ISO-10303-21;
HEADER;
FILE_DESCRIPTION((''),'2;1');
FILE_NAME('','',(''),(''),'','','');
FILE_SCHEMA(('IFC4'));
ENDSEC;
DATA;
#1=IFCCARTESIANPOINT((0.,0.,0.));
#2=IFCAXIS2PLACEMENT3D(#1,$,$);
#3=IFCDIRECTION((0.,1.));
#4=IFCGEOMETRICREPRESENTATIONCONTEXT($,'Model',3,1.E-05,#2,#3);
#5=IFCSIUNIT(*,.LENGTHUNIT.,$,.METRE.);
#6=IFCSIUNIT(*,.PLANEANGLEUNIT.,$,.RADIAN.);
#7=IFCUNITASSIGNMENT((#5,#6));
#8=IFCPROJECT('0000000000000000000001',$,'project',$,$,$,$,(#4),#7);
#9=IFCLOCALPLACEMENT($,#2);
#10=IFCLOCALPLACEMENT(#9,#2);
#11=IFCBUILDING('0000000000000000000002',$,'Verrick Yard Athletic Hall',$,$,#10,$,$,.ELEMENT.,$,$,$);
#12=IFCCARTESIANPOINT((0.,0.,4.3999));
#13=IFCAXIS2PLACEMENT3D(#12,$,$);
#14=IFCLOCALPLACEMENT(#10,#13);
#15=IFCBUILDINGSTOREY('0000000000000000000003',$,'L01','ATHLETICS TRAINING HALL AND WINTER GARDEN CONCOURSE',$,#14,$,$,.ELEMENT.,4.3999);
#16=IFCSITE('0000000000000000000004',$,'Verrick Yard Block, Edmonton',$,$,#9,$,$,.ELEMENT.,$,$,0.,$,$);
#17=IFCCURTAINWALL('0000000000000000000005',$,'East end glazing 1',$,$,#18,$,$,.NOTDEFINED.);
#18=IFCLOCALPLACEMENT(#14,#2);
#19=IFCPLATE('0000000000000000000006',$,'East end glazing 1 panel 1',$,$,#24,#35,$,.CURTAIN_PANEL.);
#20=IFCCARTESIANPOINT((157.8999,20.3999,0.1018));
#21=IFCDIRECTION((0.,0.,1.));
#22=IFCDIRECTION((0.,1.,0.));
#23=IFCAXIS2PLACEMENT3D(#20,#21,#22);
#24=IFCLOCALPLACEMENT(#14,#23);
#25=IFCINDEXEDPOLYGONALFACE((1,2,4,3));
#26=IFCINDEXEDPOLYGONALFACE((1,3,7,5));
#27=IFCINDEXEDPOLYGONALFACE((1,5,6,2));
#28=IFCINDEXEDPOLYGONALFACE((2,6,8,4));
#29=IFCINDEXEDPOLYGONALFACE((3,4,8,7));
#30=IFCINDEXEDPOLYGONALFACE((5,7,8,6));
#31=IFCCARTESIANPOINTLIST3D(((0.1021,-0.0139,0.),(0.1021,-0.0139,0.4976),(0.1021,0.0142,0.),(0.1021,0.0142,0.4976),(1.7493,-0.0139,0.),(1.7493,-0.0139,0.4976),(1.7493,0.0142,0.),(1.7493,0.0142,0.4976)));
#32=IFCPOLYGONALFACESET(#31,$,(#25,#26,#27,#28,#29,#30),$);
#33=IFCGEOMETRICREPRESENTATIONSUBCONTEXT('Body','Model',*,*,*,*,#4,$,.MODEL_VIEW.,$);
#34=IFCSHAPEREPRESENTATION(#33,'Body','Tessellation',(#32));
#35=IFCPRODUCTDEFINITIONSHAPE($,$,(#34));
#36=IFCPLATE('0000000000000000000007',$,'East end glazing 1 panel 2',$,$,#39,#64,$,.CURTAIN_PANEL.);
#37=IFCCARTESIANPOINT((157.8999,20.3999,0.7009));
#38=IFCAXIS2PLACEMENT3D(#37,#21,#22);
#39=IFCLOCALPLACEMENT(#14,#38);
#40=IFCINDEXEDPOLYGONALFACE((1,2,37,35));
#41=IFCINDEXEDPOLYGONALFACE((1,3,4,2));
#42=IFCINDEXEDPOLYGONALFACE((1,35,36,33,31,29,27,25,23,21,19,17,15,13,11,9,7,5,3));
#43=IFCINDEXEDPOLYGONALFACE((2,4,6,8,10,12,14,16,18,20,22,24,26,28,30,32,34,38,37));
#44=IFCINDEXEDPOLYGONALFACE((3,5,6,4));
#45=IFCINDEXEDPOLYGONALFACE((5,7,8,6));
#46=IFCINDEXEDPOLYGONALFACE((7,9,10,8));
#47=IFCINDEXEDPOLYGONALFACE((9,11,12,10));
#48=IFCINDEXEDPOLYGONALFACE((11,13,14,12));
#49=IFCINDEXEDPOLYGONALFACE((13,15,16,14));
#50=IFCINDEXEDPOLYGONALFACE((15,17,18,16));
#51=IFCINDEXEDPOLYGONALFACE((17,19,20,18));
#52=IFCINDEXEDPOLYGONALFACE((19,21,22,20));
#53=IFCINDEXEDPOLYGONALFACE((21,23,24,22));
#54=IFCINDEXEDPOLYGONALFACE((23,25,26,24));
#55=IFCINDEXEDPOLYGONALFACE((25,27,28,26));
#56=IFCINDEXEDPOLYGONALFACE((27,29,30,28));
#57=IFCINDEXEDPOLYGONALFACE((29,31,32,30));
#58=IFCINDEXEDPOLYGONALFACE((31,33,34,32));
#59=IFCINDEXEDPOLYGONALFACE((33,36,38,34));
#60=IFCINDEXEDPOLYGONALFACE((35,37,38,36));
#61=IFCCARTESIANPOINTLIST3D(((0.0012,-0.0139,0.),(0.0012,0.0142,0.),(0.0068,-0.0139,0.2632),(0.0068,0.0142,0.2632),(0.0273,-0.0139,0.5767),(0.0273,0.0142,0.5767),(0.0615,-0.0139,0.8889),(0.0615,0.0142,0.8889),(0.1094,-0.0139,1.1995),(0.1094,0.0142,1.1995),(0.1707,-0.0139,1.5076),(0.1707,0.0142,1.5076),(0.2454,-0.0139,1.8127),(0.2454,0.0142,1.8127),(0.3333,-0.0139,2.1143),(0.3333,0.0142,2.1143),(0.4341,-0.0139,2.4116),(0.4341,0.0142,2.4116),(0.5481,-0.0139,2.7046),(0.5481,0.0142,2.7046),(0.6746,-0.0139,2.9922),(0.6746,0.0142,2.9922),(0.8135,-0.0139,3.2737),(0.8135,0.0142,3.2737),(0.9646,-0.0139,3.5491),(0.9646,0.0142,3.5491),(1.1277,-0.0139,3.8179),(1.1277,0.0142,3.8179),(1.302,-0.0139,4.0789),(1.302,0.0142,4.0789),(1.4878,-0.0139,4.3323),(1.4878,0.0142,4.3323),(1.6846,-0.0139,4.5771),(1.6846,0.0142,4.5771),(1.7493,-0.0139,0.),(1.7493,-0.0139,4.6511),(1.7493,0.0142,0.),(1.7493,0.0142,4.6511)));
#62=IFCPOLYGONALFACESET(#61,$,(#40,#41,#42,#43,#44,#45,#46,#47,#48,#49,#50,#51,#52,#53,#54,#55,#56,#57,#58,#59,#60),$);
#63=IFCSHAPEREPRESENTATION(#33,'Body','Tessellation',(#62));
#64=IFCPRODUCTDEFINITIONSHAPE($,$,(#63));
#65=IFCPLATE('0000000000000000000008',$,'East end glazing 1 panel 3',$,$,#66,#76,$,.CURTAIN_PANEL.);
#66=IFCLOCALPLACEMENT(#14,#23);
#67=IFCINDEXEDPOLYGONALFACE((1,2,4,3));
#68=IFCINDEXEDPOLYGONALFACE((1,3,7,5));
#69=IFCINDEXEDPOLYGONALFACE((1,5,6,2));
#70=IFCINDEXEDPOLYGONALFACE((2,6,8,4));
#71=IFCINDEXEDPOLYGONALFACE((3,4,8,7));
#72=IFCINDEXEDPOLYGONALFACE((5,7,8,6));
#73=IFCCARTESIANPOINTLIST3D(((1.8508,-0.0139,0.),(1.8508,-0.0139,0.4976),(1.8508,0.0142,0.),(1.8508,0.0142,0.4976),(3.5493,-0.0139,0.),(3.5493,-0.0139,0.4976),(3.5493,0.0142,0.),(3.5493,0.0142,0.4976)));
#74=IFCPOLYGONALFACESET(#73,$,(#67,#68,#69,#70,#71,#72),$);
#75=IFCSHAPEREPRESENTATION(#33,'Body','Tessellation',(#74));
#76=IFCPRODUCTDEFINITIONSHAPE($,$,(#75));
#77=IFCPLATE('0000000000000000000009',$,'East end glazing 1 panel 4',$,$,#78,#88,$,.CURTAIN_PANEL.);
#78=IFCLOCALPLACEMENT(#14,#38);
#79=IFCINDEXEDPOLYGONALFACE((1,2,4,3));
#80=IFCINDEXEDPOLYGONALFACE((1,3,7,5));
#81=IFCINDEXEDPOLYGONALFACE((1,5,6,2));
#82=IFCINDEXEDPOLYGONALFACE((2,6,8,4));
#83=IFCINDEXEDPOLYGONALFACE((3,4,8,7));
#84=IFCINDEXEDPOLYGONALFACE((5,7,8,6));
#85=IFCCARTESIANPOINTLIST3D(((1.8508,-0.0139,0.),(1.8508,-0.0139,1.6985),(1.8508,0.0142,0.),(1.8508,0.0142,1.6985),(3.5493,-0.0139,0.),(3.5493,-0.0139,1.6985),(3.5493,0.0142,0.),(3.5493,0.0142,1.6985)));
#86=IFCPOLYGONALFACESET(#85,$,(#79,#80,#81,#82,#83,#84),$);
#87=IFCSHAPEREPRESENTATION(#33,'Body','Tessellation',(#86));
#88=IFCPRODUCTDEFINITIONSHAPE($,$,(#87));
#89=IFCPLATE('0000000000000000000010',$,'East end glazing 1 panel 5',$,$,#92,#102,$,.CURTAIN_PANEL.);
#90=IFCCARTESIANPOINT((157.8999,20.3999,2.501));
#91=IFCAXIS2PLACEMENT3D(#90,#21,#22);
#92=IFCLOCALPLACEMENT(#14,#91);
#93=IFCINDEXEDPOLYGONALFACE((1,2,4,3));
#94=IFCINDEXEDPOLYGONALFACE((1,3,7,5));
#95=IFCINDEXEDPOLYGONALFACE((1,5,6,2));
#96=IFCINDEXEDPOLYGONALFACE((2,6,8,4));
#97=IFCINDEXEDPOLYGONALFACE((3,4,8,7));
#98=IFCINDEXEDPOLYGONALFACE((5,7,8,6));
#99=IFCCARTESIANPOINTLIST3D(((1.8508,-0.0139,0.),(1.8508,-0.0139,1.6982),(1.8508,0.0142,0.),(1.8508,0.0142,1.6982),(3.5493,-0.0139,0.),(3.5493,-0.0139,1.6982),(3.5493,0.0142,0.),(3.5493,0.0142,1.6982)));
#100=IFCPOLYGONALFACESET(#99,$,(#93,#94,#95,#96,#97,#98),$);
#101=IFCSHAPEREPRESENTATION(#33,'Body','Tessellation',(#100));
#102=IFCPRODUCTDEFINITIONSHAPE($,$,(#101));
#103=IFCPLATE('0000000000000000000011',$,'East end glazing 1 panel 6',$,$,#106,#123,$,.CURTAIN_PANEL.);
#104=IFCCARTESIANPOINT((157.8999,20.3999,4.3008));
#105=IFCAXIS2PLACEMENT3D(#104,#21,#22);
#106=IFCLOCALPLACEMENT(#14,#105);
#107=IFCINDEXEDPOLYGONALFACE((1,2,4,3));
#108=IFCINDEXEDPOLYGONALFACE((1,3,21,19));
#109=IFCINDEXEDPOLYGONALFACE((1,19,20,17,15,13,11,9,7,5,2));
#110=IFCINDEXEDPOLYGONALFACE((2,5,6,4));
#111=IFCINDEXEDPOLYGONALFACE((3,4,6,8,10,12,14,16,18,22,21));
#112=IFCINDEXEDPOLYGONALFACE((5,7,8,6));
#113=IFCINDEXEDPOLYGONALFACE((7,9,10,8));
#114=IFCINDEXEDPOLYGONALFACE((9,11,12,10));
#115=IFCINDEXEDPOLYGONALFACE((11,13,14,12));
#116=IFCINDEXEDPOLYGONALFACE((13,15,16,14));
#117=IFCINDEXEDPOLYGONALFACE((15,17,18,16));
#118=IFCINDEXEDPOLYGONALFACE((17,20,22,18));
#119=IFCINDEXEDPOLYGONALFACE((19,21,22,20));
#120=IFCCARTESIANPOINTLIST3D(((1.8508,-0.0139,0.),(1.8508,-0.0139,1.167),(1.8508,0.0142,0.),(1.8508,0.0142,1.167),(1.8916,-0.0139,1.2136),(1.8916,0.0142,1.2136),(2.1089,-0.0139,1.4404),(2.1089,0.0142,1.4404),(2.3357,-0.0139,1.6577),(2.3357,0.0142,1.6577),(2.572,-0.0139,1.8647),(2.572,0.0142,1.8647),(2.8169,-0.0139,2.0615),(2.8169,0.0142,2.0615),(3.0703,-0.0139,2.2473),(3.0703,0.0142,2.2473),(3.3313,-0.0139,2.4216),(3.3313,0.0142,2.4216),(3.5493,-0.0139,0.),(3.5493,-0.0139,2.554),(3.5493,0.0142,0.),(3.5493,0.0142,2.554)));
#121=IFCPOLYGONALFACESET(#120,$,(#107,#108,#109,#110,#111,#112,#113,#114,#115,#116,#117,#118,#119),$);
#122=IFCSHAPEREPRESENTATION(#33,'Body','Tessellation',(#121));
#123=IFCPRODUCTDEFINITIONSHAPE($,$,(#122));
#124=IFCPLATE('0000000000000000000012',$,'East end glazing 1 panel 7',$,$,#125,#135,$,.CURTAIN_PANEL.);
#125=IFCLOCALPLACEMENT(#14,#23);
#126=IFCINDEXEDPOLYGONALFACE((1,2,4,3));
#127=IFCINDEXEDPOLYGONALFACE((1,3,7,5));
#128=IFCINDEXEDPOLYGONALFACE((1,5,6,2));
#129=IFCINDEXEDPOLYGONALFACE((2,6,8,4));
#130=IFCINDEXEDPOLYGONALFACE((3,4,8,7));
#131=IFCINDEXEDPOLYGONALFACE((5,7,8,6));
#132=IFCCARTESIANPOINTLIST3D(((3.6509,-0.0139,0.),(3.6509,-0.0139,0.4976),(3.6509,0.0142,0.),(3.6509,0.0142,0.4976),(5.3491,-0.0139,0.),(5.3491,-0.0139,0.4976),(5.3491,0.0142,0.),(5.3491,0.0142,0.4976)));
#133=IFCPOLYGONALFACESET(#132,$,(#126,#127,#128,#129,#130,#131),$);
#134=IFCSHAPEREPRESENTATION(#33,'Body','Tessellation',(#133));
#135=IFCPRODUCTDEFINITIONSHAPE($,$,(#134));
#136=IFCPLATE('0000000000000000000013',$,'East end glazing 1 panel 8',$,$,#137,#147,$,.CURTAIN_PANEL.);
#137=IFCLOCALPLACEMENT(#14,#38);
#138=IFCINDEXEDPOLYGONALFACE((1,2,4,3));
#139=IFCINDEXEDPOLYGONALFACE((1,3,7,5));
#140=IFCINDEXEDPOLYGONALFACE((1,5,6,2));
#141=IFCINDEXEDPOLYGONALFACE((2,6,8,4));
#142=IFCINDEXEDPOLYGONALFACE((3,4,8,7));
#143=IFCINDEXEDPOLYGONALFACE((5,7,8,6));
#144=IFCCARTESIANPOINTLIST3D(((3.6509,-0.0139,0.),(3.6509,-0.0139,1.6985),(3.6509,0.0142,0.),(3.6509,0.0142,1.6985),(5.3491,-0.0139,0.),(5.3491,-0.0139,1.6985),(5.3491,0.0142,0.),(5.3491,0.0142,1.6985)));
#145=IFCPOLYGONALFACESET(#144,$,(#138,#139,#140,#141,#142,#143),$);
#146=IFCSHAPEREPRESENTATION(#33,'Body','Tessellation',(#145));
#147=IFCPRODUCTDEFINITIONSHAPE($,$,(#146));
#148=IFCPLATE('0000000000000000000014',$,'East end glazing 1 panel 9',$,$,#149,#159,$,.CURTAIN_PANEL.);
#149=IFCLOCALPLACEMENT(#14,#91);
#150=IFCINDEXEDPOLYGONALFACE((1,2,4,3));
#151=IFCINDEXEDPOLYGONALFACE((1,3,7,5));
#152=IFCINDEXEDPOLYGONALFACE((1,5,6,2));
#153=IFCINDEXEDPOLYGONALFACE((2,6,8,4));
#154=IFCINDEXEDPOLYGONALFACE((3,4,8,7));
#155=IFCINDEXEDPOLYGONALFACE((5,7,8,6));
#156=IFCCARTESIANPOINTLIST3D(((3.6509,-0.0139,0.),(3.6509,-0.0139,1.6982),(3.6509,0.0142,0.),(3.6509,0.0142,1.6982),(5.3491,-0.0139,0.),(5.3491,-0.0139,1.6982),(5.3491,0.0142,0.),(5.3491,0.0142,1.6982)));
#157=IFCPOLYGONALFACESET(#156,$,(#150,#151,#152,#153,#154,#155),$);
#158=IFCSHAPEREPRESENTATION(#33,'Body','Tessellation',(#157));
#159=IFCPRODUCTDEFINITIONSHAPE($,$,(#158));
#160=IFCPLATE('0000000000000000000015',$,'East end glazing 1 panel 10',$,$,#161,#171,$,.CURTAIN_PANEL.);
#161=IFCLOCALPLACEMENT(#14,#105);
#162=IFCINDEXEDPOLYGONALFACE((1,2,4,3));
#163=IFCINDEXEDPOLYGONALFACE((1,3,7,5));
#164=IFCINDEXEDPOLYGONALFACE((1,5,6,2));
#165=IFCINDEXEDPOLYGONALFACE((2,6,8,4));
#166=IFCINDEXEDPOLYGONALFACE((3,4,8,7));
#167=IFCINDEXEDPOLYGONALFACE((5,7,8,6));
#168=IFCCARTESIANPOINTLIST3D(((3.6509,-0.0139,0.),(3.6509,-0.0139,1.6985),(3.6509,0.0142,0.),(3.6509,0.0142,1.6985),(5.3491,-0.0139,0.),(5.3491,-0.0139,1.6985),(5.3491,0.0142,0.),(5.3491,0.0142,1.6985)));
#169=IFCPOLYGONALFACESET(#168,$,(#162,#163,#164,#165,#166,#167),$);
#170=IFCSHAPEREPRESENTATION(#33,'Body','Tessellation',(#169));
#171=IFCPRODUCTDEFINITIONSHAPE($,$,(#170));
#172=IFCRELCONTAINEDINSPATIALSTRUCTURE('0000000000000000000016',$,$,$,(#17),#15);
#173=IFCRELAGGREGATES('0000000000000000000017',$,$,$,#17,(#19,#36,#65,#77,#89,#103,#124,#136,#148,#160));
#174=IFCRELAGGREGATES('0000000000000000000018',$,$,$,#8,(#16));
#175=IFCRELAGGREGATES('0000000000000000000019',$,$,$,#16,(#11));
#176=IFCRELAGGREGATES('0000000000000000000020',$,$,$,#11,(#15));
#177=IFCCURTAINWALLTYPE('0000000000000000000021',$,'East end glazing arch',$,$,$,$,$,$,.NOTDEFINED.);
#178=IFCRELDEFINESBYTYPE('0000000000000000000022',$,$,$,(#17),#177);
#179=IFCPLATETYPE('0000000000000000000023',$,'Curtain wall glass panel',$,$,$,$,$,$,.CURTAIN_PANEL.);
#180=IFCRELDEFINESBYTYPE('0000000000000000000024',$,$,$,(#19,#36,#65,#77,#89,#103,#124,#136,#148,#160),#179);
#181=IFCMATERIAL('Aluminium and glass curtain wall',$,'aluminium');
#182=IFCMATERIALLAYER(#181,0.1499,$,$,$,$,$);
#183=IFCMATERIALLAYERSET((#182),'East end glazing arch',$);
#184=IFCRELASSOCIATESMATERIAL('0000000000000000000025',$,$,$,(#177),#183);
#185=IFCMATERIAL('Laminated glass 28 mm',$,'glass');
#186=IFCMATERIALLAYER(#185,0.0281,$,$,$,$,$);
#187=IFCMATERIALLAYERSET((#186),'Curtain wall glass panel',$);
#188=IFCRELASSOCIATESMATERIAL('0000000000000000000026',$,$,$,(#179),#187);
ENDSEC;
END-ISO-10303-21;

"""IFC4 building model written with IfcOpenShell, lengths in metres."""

from ifc_helpers import new_model, si_unit, direction, frame, origin, place, context, subcontext, project, spatial, polyline, outline, extrude, material, layer, layer_set, type_object, element, aggregate, save


model = new_model("IFC4")

# Units and contexts
model_context = context("Model", 3, precision=1e-05, world=origin(), true_north=direction((0.0, 1.0)))
body_context = subcontext(model_context, "Body", "Model", "MODEL_VIEW")
ifc_project = project(units=[si_unit("LENGTHUNIT", "METRE"), si_unit("PLANEANGLEUNIT", "RADIAN")], contexts=[model_context])

# Site, building, storey
site_placement = place(None, origin())
site = spatial("IfcSite", under=ifc_project, at=site_placement, Name="Verrick Yard Block, Edmonton", CompositionType="ELEMENT", RefElevation=0.0)
building_placement = place(site_placement, origin())
building = spatial("IfcBuilding", under=site, at=building_placement, Name="Verrick Yard Athletic Hall", CompositionType="ELEMENT")
storey_placement = place(building_placement, frame((0.0, 0.0, 4.3999)))
storey = spatial("IfcBuildingStorey", under=building, at=storey_placement, Name="L01", Description="ATHLETICS TRAINING HALL AND WINTER GARDEN CONCOURSE", CompositionType="ELEMENT", Elevation=4.3999)

# Curtain wall, plates
ifc_material_1 = material(Name="Aluminium and glass curtain wall", Category="aluminium")
ifc_layer_1 = layer(ifc_material_1, 0.1499)
ifc_layer_set_1 = layer_set([ifc_layer_1], Name="East end glazing arch")
curtain_wall_type = type_object("IfcCurtainWallType", Name="East end glazing arch", PredefinedType="NOTDEFINED", material=ifc_layer_set_1)
curtain_wall_placement = place(storey_placement, origin())
curtain_wall = element("IfcCurtainWall", 1, at=curtain_wall_placement, inside=storey, type_object=curtain_wall_type, Name="East end glazing 1", PredefinedType="NOTDEFINED")
ifc_material_2 = material(Name="Laminated glass 28 mm", Category="glass")
ifc_layer_2 = layer(ifc_material_2, 0.0281)
ifc_layer_set_2 = layer_set([ifc_layer_2], Name="Curtain wall glass panel")
plate_type = type_object("IfcPlateType", Name="Curtain wall glass panel", PredefinedType="CURTAIN_PANEL", material=ifc_layer_set_2)
plate_1_placement = place(storey_placement, frame((157.8999, 20.3999, 0.1018), z_axis=(0.0, 0.0, 1.0), x_axis=(0.0, 1.0, 0.0)))
plate_1 = element("IfcPlate", 2, at=plate_1_placement, type_object=plate_type, Name="East end glazing 1 panel 1", PredefinedType="CURTAIN_PANEL", context=body_context, shape_type="SweptSolid", body=[
    extrude(outline(polyline([(1.7493, 0.0), (1.7493, 0.4976), (0.1021, 0.4976), (0.1021, 0.0), (1.7493, 0.0)])), frame((0.0, 0.0142, 0.0), z_axis=(0.0, -1.0, 0.0), x_axis=(1.0, 0.0, 0.0)), (0.0, 0.0, 1.0), 0.0281),
])
plate_2_placement = place(storey_placement, frame((157.8999, 20.3999, 0.7009), z_axis=(0.0, 0.0, 1.0), x_axis=(0.0, 1.0, 0.0)))
plate_2 = element("IfcPlate", 3, at=plate_2_placement, type_object=plate_type, Name="East end glazing 1 panel 2", PredefinedType="CURTAIN_PANEL", context=body_context, shape_type="SweptSolid", body=[
    extrude(outline(polyline([(1.7493, 4.6511), (1.6846, 4.5771), (1.4878, 4.3323), (1.302, 4.0789), (1.1277, 3.8179), (0.9646, 3.5491), (0.8135, 3.2737), (0.6746, 2.9922), (0.5481, 2.7046), (0.4341, 2.4116), (0.3333, 2.1143), (0.2454, 1.8127), (0.1707, 1.5076), (0.1094, 1.1995), (0.0615, 0.8889), (0.0273, 0.5767), (0.0068, 0.2632), (0.0012, 0.0), (1.7493, 0.0), (1.7493, 4.6511)])), frame((0.0, 0.0142, 0.0), z_axis=(0.0, -1.0, 0.0), x_axis=(1.0, 0.0, 0.0)), (0.0, 0.0, 1.0), 0.0281),
])
plate_3_placement = place(storey_placement, frame((157.8999, 20.3999, 0.1018), z_axis=(0.0, 0.0, 1.0), x_axis=(0.0, 1.0, 0.0)))
plate_3 = element("IfcPlate", 4, at=plate_3_placement, type_object=plate_type, Name="East end glazing 1 panel 3", PredefinedType="CURTAIN_PANEL", context=body_context, shape_type="SweptSolid", body=[
    extrude(outline(polyline([(3.5493, 0.0), (3.5493, 0.4976), (1.8508, 0.4976), (1.8508, 0.0), (3.5493, 0.0)])), frame((0.0, 0.0142, 0.0), z_axis=(0.0, -1.0, 0.0), x_axis=(1.0, 0.0, 0.0)), (0.0, 0.0, 1.0), 0.0281),
])
plate_4_placement = place(storey_placement, frame((157.8999, 20.3999, 0.7009), z_axis=(0.0, 0.0, 1.0), x_axis=(0.0, 1.0, 0.0)))
plate_4 = element("IfcPlate", 5, at=plate_4_placement, type_object=plate_type, Name="East end glazing 1 panel 4", PredefinedType="CURTAIN_PANEL", context=body_context, shape_type="SweptSolid", body=[
    extrude(outline(polyline([(3.5493, 0.0), (3.5493, 1.6985), (1.8508, 1.6985), (1.8508, 0.0), (3.5493, 0.0)])), frame((0.0, 0.0142, 0.0), z_axis=(0.0, -1.0, 0.0), x_axis=(1.0, 0.0, 0.0)), (0.0, 0.0, 1.0), 0.0281),
])
plate_5_placement = place(storey_placement, frame((157.8999, 20.3999, 2.501), z_axis=(0.0, 0.0, 1.0), x_axis=(0.0, 1.0, 0.0)))
plate_5 = element("IfcPlate", 6, at=plate_5_placement, type_object=plate_type, Name="East end glazing 1 panel 5", PredefinedType="CURTAIN_PANEL", context=body_context, shape_type="SweptSolid", body=[
    extrude(outline(polyline([(3.5493, 0.0), (3.5493, 1.6982), (1.8508, 1.6982), (1.8508, 0.0), (3.5493, 0.0)])), frame((0.0, 0.0142, 0.0), z_axis=(0.0, -1.0, 0.0), x_axis=(1.0, 0.0, 0.0)), (0.0, 0.0, 1.0), 0.0281),
])
plate_6_placement = place(storey_placement, frame((157.8999, 20.3999, 4.3008), z_axis=(0.0, 0.0, 1.0), x_axis=(0.0, 1.0, 0.0)))
plate_6 = element("IfcPlate", 7, at=plate_6_placement, type_object=plate_type, Name="East end glazing 1 panel 6", PredefinedType="CURTAIN_PANEL", context=body_context, shape_type="SweptSolid", body=[
    extrude(outline(polyline([(3.5493, 2.554), (3.3313, 2.4216), (3.0703, 2.2473), (2.8169, 2.0615), (2.572, 1.8647), (2.3357, 1.6577), (2.1089, 1.4404), (1.8916, 1.2136), (1.8508, 1.167), (1.8508, 0.0), (3.5493, 0.0), (3.5493, 2.554)])), frame((0.0, 0.0142, 0.0), z_axis=(0.0, -1.0, 0.0), x_axis=(1.0, 0.0, 0.0)), (0.0, 0.0, 1.0), 0.0281),
])
plate_7_placement = place(storey_placement, frame((157.8999, 20.3999, 0.1018), z_axis=(0.0, 0.0, 1.0), x_axis=(0.0, 1.0, 0.0)))
plate_7 = element("IfcPlate", 8, at=plate_7_placement, type_object=plate_type, Name="East end glazing 1 panel 7", PredefinedType="CURTAIN_PANEL", context=body_context, shape_type="SweptSolid", body=[
    extrude(outline(polyline([(5.3491, 0.0), (5.3491, 0.4976), (3.6509, 0.4976), (3.6509, 0.0), (5.3491, 0.0)])), frame((0.0, 0.0142, 0.0), z_axis=(0.0, -1.0, 0.0), x_axis=(1.0, 0.0, 0.0)), (0.0, 0.0, 1.0), 0.0281),
])
plate_8_placement = place(storey_placement, frame((157.8999, 20.3999, 0.7009), z_axis=(0.0, 0.0, 1.0), x_axis=(0.0, 1.0, 0.0)))
plate_8 = element("IfcPlate", 9, at=plate_8_placement, type_object=plate_type, Name="East end glazing 1 panel 8", PredefinedType="CURTAIN_PANEL", context=body_context, shape_type="SweptSolid", body=[
    extrude(outline(polyline([(5.3491, 0.0), (5.3491, 1.6985), (3.6509, 1.6985), (3.6509, 0.0), (5.3491, 0.0)])), frame((0.0, 0.0142, 0.0), z_axis=(0.0, -1.0, 0.0), x_axis=(1.0, 0.0, 0.0)), (0.0, 0.0, 1.0), 0.0281),
])
plate_9_placement = place(storey_placement, frame((157.8999, 20.3999, 2.501), z_axis=(0.0, 0.0, 1.0), x_axis=(0.0, 1.0, 0.0)))
plate_9 = element("IfcPlate", 10, at=plate_9_placement, type_object=plate_type, Name="East end glazing 1 panel 9", PredefinedType="CURTAIN_PANEL", context=body_context, shape_type="SweptSolid", body=[
    extrude(outline(polyline([(5.3491, 0.0), (5.3491, 1.6982), (3.6509, 1.6982), (3.6509, 0.0), (5.3491, 0.0)])), frame((0.0, 0.0142, 0.0), z_axis=(0.0, -1.0, 0.0), x_axis=(1.0, 0.0, 0.0)), (0.0, 0.0, 1.0), 0.0281),
])
plate_10_placement = place(storey_placement, frame((157.8999, 20.3999, 4.3008), z_axis=(0.0, 0.0, 1.0), x_axis=(0.0, 1.0, 0.0)))
plate_10 = element("IfcPlate", 11, at=plate_10_placement, type_object=plate_type, Name="East end glazing 1 panel 10", PredefinedType="CURTAIN_PANEL", context=body_context, shape_type="SweptSolid", body=[
    extrude(outline(polyline([(5.3491, 0.0), (5.3491, 1.6985), (3.6509, 1.6985), (3.6509, 0.0), (5.3491, 0.0)])), frame((0.0, 0.0142, 0.0), z_axis=(0.0, -1.0, 0.0), x_axis=(1.0, 0.0, 0.0)), (0.0, 0.0, 1.0), 0.0281),
])
aggregate(curtain_wall, [plate_1, plate_2, plate_3, plate_4, plate_5, plate_6, plate_7, plate_8, plate_9, plate_10])

save(model, "model.ifc")
